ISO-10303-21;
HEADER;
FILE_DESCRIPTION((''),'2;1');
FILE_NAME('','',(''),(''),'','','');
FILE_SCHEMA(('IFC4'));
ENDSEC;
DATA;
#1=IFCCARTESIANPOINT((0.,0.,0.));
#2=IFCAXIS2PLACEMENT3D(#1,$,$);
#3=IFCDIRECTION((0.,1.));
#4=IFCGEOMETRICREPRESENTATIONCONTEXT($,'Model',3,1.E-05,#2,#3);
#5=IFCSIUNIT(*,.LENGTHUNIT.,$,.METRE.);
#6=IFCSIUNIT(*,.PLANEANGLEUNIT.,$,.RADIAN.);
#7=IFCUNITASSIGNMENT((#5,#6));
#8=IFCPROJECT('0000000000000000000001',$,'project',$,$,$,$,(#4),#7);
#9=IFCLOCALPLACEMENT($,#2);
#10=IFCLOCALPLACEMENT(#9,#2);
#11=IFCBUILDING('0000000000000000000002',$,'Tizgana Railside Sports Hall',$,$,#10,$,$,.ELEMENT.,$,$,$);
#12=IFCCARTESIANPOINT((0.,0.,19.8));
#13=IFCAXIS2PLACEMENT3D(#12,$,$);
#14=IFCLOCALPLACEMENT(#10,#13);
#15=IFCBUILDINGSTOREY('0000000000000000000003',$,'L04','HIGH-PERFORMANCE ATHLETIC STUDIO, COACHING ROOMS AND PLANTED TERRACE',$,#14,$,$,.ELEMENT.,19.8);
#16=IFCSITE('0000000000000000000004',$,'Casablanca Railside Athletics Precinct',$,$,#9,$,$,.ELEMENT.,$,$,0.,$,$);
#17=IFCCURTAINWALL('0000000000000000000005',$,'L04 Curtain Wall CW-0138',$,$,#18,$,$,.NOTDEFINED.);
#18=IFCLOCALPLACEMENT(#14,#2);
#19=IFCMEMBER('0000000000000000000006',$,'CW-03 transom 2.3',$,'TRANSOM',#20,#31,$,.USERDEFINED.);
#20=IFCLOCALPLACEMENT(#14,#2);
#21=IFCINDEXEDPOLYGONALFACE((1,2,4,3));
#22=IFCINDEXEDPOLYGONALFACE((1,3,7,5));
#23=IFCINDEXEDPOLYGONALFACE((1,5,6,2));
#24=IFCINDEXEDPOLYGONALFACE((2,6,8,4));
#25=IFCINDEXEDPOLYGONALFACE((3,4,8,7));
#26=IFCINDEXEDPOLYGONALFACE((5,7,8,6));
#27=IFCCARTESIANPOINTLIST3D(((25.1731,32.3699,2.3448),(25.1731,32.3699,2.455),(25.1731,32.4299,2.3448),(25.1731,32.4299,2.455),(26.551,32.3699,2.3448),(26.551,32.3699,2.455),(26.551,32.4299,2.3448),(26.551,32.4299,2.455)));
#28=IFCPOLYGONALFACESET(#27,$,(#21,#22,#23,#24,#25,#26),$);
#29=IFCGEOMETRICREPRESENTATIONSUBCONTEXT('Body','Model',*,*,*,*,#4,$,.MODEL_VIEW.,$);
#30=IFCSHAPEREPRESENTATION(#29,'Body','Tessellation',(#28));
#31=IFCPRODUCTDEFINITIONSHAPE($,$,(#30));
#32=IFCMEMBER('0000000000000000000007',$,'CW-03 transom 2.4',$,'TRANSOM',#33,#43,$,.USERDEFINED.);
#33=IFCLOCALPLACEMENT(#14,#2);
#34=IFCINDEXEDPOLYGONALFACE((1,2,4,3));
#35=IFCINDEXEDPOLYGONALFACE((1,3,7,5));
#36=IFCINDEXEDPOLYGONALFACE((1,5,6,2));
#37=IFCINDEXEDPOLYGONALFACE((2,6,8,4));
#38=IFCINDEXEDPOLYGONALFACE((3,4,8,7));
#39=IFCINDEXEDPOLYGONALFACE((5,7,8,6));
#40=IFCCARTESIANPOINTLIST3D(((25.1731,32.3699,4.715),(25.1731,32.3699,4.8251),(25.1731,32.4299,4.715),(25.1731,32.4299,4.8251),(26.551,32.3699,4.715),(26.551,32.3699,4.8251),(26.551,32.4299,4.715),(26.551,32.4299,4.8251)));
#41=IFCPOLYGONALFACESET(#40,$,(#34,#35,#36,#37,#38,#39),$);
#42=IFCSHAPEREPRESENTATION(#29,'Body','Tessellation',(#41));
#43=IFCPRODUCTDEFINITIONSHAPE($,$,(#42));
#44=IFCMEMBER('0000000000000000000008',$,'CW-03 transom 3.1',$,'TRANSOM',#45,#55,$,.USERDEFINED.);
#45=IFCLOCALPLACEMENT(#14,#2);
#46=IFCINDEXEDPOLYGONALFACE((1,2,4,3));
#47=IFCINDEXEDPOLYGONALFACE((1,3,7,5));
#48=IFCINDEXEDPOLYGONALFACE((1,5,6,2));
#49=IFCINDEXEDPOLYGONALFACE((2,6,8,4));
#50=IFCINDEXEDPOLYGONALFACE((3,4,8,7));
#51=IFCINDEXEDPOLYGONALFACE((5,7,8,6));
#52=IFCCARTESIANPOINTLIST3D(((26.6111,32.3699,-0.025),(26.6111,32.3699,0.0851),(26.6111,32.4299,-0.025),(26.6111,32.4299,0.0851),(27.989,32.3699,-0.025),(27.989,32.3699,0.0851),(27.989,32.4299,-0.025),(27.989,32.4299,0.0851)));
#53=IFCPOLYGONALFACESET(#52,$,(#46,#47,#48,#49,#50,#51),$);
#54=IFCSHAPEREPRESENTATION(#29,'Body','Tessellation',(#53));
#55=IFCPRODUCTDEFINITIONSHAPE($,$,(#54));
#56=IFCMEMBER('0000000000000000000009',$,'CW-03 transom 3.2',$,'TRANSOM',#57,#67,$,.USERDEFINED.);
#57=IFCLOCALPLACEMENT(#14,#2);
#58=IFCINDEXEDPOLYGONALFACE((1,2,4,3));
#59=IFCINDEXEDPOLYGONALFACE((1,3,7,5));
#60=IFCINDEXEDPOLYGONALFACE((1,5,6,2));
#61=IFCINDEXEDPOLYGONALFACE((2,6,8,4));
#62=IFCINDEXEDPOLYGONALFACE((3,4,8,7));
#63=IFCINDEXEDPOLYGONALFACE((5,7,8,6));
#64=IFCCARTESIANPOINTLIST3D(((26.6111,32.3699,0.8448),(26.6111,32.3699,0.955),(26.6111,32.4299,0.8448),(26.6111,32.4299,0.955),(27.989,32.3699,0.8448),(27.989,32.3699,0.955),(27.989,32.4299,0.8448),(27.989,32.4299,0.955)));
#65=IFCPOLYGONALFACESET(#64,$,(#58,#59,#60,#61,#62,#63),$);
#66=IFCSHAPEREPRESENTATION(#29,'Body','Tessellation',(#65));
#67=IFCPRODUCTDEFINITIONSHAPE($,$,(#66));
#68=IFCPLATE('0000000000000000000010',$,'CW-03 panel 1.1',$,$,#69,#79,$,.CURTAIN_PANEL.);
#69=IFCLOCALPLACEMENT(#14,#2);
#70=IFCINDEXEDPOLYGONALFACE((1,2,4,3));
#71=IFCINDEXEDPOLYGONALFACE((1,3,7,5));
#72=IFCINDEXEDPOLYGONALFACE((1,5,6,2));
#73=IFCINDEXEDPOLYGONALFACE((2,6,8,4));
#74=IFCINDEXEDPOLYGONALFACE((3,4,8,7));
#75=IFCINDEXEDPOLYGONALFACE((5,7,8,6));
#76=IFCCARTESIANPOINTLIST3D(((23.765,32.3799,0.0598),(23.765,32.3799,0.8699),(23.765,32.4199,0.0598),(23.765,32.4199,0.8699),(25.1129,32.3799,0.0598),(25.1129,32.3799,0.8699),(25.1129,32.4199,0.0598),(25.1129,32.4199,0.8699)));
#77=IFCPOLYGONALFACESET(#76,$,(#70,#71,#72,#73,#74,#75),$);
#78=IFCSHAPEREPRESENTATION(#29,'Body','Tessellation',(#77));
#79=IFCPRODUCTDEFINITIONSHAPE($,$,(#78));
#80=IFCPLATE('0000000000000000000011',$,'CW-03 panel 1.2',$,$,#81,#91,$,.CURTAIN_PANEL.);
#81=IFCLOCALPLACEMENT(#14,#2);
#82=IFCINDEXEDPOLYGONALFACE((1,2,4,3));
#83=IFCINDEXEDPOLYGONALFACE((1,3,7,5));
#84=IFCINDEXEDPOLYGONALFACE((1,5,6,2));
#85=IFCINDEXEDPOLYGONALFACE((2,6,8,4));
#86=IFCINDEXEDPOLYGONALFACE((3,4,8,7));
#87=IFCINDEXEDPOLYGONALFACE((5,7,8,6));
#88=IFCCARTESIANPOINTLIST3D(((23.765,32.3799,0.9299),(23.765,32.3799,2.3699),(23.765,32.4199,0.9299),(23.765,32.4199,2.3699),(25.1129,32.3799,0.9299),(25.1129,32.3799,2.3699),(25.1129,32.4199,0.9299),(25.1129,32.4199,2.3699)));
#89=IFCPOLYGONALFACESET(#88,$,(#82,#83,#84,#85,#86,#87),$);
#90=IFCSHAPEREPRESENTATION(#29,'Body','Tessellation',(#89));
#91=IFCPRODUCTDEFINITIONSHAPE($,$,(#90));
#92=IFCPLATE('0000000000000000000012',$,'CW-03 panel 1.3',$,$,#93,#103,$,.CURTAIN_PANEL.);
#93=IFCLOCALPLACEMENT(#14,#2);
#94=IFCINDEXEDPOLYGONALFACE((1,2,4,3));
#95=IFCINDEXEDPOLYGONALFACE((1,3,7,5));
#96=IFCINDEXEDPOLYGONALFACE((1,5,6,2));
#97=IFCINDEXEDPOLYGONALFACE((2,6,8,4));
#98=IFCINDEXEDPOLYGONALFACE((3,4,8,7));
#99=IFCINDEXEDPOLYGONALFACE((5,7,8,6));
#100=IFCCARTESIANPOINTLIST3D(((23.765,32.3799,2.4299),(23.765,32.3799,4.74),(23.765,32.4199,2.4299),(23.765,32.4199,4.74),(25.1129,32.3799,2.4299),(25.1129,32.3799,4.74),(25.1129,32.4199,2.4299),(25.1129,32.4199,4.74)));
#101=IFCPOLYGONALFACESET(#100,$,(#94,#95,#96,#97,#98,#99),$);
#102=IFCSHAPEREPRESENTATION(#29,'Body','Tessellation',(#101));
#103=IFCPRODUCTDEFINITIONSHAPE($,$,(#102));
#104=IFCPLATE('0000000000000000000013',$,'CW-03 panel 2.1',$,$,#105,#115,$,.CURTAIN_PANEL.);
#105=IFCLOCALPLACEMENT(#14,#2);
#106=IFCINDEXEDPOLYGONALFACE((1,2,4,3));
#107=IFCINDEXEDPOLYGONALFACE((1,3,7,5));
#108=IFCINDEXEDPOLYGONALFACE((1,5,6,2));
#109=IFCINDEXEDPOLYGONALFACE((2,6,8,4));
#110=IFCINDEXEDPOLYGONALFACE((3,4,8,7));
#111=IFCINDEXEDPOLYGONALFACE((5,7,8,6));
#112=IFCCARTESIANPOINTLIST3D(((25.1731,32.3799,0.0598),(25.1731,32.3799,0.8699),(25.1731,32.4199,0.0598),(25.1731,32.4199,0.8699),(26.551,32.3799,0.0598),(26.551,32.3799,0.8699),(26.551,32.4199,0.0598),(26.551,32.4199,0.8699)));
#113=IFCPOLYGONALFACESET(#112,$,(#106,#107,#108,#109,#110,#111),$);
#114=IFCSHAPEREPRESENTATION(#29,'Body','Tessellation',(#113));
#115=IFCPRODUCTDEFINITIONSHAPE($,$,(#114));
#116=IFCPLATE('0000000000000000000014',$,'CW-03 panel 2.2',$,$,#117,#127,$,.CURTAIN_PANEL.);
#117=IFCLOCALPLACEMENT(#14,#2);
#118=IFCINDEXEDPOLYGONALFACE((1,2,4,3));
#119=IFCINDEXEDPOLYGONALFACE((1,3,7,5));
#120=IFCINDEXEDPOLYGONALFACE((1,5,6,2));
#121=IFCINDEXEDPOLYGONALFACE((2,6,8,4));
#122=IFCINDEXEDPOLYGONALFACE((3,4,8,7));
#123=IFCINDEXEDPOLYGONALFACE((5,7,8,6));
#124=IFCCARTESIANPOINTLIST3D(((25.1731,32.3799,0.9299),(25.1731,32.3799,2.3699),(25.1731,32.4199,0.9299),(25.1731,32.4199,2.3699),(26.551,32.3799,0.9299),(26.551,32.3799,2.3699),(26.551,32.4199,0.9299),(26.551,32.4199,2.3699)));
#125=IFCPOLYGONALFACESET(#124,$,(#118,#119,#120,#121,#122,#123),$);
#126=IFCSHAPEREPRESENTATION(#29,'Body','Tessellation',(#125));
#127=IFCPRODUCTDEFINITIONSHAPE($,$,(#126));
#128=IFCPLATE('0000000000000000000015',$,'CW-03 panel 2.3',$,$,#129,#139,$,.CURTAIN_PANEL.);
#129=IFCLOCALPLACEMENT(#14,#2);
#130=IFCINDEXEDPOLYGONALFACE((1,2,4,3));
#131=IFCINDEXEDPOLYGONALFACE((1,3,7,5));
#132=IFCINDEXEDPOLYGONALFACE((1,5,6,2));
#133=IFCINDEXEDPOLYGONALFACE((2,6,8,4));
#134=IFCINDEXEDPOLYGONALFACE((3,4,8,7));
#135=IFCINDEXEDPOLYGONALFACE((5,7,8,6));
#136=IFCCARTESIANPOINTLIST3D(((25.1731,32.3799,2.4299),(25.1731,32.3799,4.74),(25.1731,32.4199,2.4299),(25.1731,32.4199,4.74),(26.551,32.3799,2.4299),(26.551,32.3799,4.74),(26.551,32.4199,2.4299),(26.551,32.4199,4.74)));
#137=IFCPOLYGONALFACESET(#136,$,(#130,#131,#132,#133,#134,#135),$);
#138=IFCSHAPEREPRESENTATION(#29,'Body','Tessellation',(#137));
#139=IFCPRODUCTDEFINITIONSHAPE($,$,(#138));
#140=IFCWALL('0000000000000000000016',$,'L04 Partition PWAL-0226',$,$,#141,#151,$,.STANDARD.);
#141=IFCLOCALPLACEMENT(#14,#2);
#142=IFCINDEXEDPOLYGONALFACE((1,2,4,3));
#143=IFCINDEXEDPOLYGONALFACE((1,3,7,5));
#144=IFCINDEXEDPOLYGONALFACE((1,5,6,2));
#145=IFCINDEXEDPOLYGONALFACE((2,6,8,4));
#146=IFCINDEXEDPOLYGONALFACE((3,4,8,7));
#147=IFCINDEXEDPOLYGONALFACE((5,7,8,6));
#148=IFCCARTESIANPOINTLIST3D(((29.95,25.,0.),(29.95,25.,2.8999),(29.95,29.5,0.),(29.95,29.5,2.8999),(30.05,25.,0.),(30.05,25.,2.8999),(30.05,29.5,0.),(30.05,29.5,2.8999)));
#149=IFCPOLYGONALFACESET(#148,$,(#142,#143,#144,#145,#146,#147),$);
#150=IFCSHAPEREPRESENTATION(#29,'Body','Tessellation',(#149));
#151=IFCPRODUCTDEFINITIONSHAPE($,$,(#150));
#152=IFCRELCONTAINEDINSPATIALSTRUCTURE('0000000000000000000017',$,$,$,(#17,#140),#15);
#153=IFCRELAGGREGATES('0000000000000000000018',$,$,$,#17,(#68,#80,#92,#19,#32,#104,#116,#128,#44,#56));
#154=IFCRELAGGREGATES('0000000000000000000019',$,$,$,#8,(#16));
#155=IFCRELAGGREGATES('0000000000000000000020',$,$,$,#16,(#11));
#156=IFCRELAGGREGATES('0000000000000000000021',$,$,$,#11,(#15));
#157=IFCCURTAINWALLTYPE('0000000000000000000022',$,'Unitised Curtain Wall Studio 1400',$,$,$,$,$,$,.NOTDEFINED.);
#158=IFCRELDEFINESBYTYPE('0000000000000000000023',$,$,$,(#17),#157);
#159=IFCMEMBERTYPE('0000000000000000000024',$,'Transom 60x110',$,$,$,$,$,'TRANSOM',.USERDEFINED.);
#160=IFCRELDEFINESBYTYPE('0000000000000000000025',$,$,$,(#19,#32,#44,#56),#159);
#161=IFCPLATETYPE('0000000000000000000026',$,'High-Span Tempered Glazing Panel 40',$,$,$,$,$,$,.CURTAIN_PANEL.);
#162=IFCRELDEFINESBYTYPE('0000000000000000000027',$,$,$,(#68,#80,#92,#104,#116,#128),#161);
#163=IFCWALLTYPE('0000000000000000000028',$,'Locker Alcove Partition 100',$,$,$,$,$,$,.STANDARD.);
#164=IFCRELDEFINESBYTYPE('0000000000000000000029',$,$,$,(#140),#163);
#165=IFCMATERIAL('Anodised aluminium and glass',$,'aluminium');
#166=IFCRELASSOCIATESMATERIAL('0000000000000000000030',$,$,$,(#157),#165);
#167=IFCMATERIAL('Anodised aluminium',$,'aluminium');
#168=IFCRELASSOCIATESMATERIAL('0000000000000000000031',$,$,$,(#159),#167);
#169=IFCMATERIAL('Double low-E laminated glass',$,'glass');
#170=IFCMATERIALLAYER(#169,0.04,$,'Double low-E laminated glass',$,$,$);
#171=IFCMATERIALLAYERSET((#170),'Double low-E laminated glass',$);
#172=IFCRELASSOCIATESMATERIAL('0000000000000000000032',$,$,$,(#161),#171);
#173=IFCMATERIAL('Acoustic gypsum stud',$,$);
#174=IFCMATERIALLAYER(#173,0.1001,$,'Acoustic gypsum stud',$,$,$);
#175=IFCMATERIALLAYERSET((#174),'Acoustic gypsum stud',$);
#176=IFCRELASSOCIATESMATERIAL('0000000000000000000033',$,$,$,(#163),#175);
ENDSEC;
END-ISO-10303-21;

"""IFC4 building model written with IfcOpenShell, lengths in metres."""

from ifc_helpers import new_model, si_unit, direction, frame, frame_2d, origin, origin_2d, place, context, subcontext, project, spatial, rectangle, extrude, material, layer, layer_set, material_profile, profile_set, type_object, element, aggregate, save


model = new_model("IFC4")

# Units and contexts
model_context = context("Model", 3, precision=1e-05, world=origin(), true_north=direction((0.0, 1.0)))
body_context = subcontext(model_context, "Body", "Model", "MODEL_VIEW")
ifc_project = project(units=[si_unit("LENGTHUNIT", "METRE"), si_unit("PLANEANGLEUNIT", "RADIAN")], contexts=[model_context])

# Site, building, storey
site_placement = place(None, origin())
site = spatial("IfcSite", under=ifc_project, at=site_placement, Name="Casablanca Railside Athletics Precinct", CompositionType="ELEMENT", RefElevation=0.0)
building_placement = place(site_placement, origin())
building = spatial("IfcBuilding", under=site, at=building_placement, Name="Tizgana Railside Sports Hall", CompositionType="ELEMENT")
storey_placement = place(building_placement, frame((0.0, 0.0, 19.8)))
storey = spatial("IfcBuildingStorey", under=building, at=storey_placement, Name="L04", Description="HIGH-PERFORMANCE ATHLETIC STUDIO, COACHING ROOMS AND PLANTED TERRACE", CompositionType="ELEMENT", Elevation=19.8)

# Curtain wall
ifc_material_1 = material(Name="Anodised aluminium and glass", Category="aluminium")
curtain_wall_type = type_object("IfcCurtainWallType", Name="Unitised Curtain Wall Studio 1400", PredefinedType="NOTDEFINED", material=ifc_material_1)
curtain_wall_placement = place(storey_placement, origin())
curtain_wall = element("IfcCurtainWall", 1, at=curtain_wall_placement, inside=storey, type_object=curtain_wall_type, Name="L04 Curtain Wall CW-0138", PredefinedType="NOTDEFINED")
ifc_material_2 = material(Name="Anodised aluminium", Category="aluminium")

# Members
ifc_material_profile_1 = material_profile(ifc_material_2, rectangle(XDim=0.0601, YDim=0.1101, at=origin_2d()), Name="Transom 60x110")
ifc_profile_set_1 = profile_set([ifc_material_profile_1], Name="Anodised aluminium")
member_type_1 = type_object("IfcMemberType", Name="Transom 60x110", ElementType="TRANSOM", PredefinedType="USERDEFINED", material=ifc_profile_set_1)
member_1_placement = place(storey_placement, frame((25.1731, 32.3999, 2.3999), z_axis=(1.0, 0.0, 0.0), x_axis=(0.0, 1.0, 0.0)))
member_1 = element("IfcMember", 2, at=member_1_placement, type_object=member_type_1, Name="CW-03 transom 2.3", ObjectType="TRANSOM", PredefinedType="USERDEFINED", context=body_context, shape_type="SweptSolid", body=[
    extrude(rectangle(XDim=0.0601, YDim=0.1101, at=origin_2d()), origin(), (0.0, 0.0, 1.0), 1.3779),
])
member_2_placement = place(storey_placement, frame((25.1731, 32.3999, 4.77), z_axis=(1.0, 0.0, 0.0), x_axis=(0.0, 1.0, 0.0)))
member_2 = element("IfcMember", 3, at=member_2_placement, type_object=member_type_1, Name="CW-03 transom 2.4", ObjectType="TRANSOM", PredefinedType="USERDEFINED", context=body_context, shape_type="SweptSolid", body=[
    extrude(rectangle(XDim=0.0601, YDim=0.1101, at=origin_2d()), origin(), (0.0, 0.0, 1.0), 1.3779),
])
member_3_placement = place(storey_placement, frame((26.6111, 32.3999, 0.03), z_axis=(1.0, 0.0, 0.0), x_axis=(0.0, 1.0, 0.0)))
member_3 = element("IfcMember", 4, at=member_3_placement, type_object=member_type_1, Name="CW-03 transom 3.1", ObjectType="TRANSOM", PredefinedType="USERDEFINED", context=body_context, shape_type="SweptSolid", body=[
    extrude(rectangle(XDim=0.0601, YDim=0.1101, at=origin_2d()), origin(), (0.0, 0.0, 1.0), 1.3779),
])
member_4_placement = place(storey_placement, frame((26.6111, 32.3999, 0.8999), z_axis=(1.0, 0.0, 0.0), x_axis=(0.0, 1.0, 0.0)))
member_4 = element("IfcMember", 5, at=member_4_placement, type_object=member_type_1, Name="CW-03 transom 3.2", ObjectType="TRANSOM", PredefinedType="USERDEFINED", context=body_context, shape_type="SweptSolid", body=[
    extrude(rectangle(XDim=0.0601, YDim=0.1101, at=origin_2d()), origin(), (0.0, 0.0, 1.0), 1.3779),
])

# Plates
ifc_material_3 = material(Name="Double low-E laminated glass", Category="glass")
ifc_layer_1 = layer(ifc_material_3, 0.04, Name="Double low-E laminated glass")
ifc_layer_set_1 = layer_set([ifc_layer_1], Name="Double low-E laminated glass")
plate_type = type_object("IfcPlateType", Name="High-Span Tempered Glazing Panel 40", PredefinedType="CURTAIN_PANEL", material=ifc_layer_set_1)
plate_1_placement = place(storey_placement, frame((24.439, 32.3999, 0.0598), z_axis=(0.0, 0.0, 1.0), x_axis=(1.0, 0.0, 0.0)))
plate_1 = element("IfcPlate", 6, at=plate_1_placement, type_object=plate_type, Name="CW-03 panel 1.1", PredefinedType="CURTAIN_PANEL", context=body_context, shape_type="SweptSolid", body=[
    extrude(rectangle(XDim=1.3479, YDim=0.04, at=origin_2d()), origin(), (0.0, 0.0, 1.0), 0.8101),
])
plate_2_placement = place(storey_placement, frame((24.439, 32.3999, 0.9299), z_axis=(0.0, 0.0, 1.0), x_axis=(1.0, 0.0, 0.0)))
plate_2 = element("IfcPlate", 7, at=plate_2_placement, type_object=plate_type, Name="CW-03 panel 1.2", PredefinedType="CURTAIN_PANEL", context=body_context, shape_type="SweptSolid", body=[
    extrude(rectangle(XDim=1.3479, YDim=0.04, at=origin_2d()), origin(), (0.0, 0.0, 1.0), 1.4399),
])
plate_3_placement = place(storey_placement, frame((24.439, 32.3999, 2.4299), z_axis=(0.0, 0.0, 1.0), x_axis=(1.0, 0.0, 0.0)))
plate_3 = element("IfcPlate", 8, at=plate_3_placement, type_object=plate_type, Name="CW-03 panel 1.3", PredefinedType="CURTAIN_PANEL", context=body_context, shape_type="SweptSolid", body=[
    extrude(rectangle(XDim=1.3479, YDim=0.04, at=origin_2d()), origin(), (0.0, 0.0, 1.0), 2.3101),
])
plate_4_placement = place(storey_placement, frame((25.8621, 32.3999, 0.0598), z_axis=(0.0, 0.0, 1.0), x_axis=(1.0, 0.0, 0.0)))
plate_4 = element("IfcPlate", 9, at=plate_4_placement, type_object=plate_type, Name="CW-03 panel 2.1", PredefinedType="CURTAIN_PANEL", context=body_context, shape_type="SweptSolid", body=[
    extrude(rectangle(XDim=1.3779, YDim=0.04, at=origin_2d()), origin(), (0.0, 0.0, 1.0), 0.8101),
])
plate_5_placement = place(storey_placement, frame((25.8621, 32.3999, 0.9299), z_axis=(0.0, 0.0, 1.0), x_axis=(1.0, 0.0, 0.0)))
plate_5 = element("IfcPlate", 10, at=plate_5_placement, type_object=plate_type, Name="CW-03 panel 2.2", PredefinedType="CURTAIN_PANEL", context=body_context, shape_type="SweptSolid", body=[
    extrude(rectangle(XDim=1.3779, YDim=0.04, at=origin_2d()), origin(), (0.0, 0.0, 1.0), 1.4399),
])
plate_6_placement = place(storey_placement, frame((25.8621, 32.3999, 2.4299), z_axis=(0.0, 0.0, 1.0), x_axis=(1.0, 0.0, 0.0)))
plate_6 = element("IfcPlate", 11, at=plate_6_placement, type_object=plate_type, Name="CW-03 panel 2.3", PredefinedType="CURTAIN_PANEL", context=body_context, shape_type="SweptSolid", body=[
    extrude(rectangle(XDim=1.3779, YDim=0.04, at=origin_2d()), origin(), (0.0, 0.0, 1.0), 2.3101),
])
aggregate(curtain_wall, [plate_1, plate_2, plate_3, member_1, member_2, plate_4, plate_5, plate_6, member_3, member_4])

# Wall
ifc_material_4 = material(Name="Acoustic gypsum stud")
ifc_layer_2 = layer(ifc_material_4, 0.1001, Name="Acoustic gypsum stud")
ifc_layer_set_2 = layer_set([ifc_layer_2], Name="Acoustic gypsum stud")
wall_type = type_object("IfcWallType", Name="Locker Alcove Partition 100", PredefinedType="STANDARD", material=ifc_layer_set_2)
wall_placement = place(storey_placement, frame((30.0, 25.0, 0.0), z_axis=(0.0, 0.0, 1.0), x_axis=(0.0, 1.0, 0.0)))
element("IfcWall", 12, at=wall_placement, inside=storey, type_object=wall_type, Name="L04 Partition PWAL-0226", PredefinedType="STANDARD", context=body_context, shape_type="SweptSolid", body=[
    extrude(rectangle(XDim=4.5, YDim=0.1001, at=frame_2d((2.25, 0.0))), origin(), (0.0, 0.0, 1.0), 2.8999),
])

save(model, "model.ifc")
